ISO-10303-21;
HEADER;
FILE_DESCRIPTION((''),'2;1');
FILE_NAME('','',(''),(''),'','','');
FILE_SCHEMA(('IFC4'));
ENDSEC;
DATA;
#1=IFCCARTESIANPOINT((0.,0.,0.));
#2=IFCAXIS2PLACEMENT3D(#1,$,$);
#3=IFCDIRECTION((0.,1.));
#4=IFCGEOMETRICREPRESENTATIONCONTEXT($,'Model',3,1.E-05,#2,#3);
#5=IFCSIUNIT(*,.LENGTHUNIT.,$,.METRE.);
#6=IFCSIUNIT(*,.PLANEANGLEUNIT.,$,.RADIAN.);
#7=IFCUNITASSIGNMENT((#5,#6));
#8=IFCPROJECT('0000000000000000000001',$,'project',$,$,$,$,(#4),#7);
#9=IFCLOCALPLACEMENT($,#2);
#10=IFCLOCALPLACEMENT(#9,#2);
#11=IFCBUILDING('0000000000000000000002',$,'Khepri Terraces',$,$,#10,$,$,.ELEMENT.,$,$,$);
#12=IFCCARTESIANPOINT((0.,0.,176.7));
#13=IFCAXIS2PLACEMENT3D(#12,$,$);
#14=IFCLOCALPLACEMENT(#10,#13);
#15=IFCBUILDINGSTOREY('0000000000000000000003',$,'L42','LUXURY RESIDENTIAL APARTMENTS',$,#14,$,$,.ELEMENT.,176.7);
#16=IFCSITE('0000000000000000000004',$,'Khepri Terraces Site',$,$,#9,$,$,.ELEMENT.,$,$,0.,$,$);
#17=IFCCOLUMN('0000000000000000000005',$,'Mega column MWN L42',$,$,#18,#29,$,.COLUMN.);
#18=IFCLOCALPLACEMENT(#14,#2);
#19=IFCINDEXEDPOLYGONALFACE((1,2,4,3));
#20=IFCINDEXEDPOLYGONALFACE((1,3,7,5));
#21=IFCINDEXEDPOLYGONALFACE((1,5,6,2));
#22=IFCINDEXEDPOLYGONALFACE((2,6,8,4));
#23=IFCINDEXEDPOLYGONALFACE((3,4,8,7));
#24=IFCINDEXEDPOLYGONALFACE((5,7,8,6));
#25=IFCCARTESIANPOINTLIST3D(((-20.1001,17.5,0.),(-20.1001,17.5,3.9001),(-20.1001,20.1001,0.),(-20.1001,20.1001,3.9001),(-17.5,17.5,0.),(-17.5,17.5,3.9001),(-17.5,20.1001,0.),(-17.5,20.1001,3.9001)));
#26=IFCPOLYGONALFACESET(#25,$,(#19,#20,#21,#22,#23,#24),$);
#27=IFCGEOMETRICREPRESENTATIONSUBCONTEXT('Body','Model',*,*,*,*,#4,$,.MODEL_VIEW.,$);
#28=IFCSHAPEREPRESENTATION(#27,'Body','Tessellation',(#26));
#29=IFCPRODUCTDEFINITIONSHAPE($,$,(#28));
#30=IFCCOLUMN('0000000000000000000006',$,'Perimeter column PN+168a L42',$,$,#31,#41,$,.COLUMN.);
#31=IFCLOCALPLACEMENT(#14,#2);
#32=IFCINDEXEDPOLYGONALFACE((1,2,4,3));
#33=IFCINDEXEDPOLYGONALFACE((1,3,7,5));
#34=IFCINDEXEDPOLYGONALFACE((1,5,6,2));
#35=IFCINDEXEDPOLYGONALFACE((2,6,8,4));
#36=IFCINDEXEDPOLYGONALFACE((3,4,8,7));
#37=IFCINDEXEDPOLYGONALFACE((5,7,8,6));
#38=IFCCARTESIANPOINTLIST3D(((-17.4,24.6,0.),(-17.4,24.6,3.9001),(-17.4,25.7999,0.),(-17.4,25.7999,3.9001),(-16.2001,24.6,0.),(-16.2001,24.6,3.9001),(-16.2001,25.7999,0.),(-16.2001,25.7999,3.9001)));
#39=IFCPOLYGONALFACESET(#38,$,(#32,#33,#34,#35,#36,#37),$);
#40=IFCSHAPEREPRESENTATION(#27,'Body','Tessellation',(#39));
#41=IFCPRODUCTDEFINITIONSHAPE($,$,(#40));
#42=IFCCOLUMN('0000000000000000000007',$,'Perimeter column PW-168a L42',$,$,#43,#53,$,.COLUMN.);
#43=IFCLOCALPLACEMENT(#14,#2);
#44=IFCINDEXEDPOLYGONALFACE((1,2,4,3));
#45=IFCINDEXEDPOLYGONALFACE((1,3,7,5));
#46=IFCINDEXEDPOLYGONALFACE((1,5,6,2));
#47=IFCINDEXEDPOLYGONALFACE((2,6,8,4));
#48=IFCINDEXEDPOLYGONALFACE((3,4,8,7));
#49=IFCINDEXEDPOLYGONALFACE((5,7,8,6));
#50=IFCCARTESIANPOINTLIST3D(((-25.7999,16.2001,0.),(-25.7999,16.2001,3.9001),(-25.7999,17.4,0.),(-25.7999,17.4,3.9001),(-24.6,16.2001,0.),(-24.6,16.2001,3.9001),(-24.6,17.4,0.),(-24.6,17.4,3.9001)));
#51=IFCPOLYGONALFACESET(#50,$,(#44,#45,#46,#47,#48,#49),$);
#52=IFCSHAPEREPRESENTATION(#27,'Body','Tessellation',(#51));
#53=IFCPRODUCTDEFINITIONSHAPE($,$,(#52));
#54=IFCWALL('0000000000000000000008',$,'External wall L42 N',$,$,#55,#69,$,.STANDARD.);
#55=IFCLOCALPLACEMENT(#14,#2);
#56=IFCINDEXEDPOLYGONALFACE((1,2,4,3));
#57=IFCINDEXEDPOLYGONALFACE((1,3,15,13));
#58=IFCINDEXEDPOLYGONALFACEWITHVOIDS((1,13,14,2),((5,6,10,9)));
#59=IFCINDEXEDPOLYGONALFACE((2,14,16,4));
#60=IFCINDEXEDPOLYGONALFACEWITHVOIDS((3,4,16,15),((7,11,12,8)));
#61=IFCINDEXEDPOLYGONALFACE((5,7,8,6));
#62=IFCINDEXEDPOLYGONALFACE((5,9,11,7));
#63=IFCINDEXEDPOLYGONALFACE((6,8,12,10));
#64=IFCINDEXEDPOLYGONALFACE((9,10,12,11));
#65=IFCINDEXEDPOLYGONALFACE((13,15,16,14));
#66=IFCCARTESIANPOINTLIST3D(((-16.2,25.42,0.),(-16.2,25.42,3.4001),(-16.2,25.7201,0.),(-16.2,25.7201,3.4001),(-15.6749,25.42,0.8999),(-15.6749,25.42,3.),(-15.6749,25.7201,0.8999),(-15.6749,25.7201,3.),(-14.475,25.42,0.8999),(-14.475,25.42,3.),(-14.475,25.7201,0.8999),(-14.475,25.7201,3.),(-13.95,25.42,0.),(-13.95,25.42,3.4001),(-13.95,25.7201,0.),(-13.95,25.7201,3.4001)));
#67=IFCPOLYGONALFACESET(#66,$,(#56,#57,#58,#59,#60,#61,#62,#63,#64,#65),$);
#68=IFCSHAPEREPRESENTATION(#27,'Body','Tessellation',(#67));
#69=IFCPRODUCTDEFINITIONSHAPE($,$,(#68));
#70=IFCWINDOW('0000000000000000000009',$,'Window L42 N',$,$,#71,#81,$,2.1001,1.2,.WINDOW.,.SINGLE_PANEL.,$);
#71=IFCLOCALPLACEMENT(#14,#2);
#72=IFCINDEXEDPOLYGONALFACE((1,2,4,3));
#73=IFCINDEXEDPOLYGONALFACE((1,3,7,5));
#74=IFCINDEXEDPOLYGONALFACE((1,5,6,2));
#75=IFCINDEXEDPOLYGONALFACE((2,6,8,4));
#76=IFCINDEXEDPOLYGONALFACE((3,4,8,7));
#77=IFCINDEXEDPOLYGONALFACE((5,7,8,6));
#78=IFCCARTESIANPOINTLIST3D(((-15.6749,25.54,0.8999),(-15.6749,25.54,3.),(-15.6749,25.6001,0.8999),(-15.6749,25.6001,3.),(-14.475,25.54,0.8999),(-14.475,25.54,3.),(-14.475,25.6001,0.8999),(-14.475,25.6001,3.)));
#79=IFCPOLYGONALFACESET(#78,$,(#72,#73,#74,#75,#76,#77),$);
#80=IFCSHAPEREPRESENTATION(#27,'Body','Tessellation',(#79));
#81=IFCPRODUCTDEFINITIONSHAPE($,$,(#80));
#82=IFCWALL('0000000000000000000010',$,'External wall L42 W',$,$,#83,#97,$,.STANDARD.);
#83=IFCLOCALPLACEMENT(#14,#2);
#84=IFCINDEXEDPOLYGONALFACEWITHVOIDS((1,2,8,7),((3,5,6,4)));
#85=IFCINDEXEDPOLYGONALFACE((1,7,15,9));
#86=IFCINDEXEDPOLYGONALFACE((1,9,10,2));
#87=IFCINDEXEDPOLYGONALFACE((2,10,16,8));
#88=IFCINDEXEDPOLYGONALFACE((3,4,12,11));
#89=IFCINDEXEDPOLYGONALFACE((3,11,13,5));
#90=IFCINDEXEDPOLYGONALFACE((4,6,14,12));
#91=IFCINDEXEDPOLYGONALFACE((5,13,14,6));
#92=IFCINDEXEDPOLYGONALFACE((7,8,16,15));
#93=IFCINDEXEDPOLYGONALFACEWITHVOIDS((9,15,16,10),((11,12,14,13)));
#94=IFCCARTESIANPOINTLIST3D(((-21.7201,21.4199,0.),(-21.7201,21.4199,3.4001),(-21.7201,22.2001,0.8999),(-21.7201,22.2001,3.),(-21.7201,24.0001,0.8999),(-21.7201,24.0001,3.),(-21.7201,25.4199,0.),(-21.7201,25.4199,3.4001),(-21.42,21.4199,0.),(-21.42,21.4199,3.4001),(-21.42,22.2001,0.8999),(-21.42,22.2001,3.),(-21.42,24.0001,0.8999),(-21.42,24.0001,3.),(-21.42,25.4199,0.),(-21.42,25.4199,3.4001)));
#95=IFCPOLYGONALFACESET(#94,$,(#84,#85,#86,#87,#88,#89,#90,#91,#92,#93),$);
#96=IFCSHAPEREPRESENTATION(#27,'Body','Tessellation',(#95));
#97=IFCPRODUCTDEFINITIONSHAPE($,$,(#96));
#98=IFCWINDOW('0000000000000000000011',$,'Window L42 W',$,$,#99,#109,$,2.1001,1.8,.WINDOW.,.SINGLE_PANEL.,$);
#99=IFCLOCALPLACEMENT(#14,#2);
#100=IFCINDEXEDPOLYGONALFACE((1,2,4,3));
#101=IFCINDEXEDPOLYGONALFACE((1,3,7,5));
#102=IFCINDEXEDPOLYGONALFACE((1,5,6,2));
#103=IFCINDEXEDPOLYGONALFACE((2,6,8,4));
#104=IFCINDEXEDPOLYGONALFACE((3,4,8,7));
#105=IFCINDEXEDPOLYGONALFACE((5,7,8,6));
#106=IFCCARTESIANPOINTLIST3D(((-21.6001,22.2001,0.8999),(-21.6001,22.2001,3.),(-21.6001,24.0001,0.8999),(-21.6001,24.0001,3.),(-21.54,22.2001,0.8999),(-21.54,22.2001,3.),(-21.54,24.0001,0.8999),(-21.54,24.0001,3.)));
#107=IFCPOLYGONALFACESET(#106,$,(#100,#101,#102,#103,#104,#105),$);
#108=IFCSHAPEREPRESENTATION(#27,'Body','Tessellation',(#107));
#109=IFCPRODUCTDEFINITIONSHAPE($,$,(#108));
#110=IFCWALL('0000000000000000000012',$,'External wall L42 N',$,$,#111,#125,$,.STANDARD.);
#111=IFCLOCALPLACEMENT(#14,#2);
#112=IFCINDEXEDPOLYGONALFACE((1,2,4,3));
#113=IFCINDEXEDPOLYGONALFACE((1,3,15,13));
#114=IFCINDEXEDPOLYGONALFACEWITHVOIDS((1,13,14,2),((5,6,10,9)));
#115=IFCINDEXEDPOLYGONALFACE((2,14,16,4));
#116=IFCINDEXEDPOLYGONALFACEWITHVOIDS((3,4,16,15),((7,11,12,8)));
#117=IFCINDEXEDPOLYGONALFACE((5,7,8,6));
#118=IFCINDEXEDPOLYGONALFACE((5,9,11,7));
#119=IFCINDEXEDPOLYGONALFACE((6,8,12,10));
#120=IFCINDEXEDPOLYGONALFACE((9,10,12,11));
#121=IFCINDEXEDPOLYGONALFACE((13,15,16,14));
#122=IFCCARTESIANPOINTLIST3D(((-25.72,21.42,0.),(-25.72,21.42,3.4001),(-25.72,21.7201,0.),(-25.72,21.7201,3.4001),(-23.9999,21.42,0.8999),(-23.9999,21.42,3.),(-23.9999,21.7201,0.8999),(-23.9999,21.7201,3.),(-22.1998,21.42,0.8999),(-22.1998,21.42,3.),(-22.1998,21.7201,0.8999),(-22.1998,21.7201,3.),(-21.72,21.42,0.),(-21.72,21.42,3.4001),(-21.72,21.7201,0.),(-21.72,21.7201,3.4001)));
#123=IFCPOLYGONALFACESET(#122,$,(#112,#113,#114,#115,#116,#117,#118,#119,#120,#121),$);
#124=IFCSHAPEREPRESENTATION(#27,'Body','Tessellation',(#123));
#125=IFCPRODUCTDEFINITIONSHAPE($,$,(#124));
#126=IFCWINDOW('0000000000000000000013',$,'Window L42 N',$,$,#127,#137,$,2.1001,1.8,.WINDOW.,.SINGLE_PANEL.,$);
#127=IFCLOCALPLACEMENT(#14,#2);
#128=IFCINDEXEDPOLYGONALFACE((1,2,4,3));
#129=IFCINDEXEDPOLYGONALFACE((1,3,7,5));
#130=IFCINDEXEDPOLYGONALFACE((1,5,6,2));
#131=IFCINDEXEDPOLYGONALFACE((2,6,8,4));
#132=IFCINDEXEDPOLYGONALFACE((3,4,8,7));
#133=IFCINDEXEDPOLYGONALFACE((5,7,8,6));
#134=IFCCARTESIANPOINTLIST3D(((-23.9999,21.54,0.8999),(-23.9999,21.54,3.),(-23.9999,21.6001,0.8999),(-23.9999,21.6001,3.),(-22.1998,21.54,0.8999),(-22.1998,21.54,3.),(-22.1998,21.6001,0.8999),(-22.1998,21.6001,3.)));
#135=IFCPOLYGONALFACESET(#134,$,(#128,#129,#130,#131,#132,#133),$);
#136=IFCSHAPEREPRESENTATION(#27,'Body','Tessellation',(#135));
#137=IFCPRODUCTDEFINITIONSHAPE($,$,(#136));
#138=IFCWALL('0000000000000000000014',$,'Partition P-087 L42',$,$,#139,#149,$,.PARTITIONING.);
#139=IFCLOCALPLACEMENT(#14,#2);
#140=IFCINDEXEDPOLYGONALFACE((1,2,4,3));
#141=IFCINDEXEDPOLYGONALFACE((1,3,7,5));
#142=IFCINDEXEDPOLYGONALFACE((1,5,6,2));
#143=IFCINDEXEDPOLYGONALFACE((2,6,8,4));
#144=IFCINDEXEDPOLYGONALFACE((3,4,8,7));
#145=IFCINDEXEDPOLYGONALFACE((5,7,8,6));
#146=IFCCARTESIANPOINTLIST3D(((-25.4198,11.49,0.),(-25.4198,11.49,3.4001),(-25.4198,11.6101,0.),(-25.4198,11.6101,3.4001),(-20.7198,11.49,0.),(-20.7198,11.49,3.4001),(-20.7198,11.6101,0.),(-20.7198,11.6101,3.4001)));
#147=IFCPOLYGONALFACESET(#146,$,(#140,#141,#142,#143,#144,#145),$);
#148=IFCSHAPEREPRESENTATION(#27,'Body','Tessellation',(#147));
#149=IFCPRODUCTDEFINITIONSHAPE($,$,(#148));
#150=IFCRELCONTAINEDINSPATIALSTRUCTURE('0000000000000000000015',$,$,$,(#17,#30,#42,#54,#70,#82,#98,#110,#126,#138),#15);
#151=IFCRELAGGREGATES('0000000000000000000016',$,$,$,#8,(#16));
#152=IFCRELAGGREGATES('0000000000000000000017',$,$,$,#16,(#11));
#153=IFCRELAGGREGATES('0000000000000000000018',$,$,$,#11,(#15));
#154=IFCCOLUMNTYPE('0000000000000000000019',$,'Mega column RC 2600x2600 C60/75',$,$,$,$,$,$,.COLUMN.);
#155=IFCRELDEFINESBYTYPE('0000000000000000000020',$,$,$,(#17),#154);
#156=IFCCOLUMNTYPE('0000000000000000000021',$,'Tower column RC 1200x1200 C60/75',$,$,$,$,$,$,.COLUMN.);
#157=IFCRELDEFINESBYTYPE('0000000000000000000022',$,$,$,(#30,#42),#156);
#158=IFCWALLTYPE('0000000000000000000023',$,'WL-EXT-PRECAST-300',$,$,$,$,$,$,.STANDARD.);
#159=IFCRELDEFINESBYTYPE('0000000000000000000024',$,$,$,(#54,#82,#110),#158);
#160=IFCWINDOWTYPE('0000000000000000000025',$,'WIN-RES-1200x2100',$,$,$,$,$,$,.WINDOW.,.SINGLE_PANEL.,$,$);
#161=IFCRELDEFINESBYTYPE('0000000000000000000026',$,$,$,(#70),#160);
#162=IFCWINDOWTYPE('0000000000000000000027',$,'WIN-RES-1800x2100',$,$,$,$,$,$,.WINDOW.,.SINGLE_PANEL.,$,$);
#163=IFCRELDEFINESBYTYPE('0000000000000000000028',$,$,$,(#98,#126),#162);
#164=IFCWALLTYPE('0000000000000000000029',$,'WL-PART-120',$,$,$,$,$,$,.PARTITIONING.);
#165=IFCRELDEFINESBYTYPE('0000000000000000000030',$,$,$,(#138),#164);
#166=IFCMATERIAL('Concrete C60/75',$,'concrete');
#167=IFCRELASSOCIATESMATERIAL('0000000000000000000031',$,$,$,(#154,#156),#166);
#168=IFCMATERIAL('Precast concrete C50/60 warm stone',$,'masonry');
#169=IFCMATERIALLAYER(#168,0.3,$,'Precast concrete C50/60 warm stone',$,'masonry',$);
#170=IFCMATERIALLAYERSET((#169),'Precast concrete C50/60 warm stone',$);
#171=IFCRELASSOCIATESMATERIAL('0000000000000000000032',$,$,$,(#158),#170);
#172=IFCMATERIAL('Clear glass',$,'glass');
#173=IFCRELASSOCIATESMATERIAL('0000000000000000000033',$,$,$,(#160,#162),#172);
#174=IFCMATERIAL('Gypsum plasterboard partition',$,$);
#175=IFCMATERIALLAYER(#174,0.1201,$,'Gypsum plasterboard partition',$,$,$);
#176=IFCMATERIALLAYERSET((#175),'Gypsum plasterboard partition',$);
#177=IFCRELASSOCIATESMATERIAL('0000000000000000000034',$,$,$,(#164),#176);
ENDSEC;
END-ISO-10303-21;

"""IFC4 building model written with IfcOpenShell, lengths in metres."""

from ifc_helpers import new_model, si_unit, direction, frame, frame_2d, origin, origin_2d, place, context, subcontext, project, spatial, rectangle, extrude, material, layer, layer_set, material_profile, profile_set, type_object, element, fill, save


model = new_model("IFC4")

# Units and contexts
model_context = context("Model", 3, precision=1e-05, world=origin(), true_north=direction((0.0, 1.0)))
body_context = subcontext(model_context, "Body", "Model", "MODEL_VIEW")
ifc_project = project(units=[si_unit("LENGTHUNIT", "METRE"), si_unit("PLANEANGLEUNIT", "RADIAN")], contexts=[model_context])

# Site, building, storey
site_placement = place(None, origin())
site = spatial("IfcSite", under=ifc_project, at=site_placement, Name="Khepri Terraces Site", CompositionType="ELEMENT", RefElevation=0.0)
building_placement = place(site_placement, origin())
building = spatial("IfcBuilding", under=site, at=building_placement, Name="Khepri Terraces", CompositionType="ELEMENT")
storey_placement = place(building_placement, frame((0.0, 0.0, 176.7)))
storey = spatial("IfcBuildingStorey", under=building, at=storey_placement, Name="L42", Description="LUXURY RESIDENTIAL APARTMENTS", CompositionType="ELEMENT", Elevation=176.7)

# Columns
ifc_material_1 = material(Name="Concrete C60/75", Category="concrete")
ifc_material_profile_1 = material_profile(ifc_material_1, rectangle(XDim=2.6001, YDim=2.6001, at=origin_2d()), Name="Concrete C60/75", Category="concrete")
ifc_profile_set_1 = profile_set([ifc_material_profile_1], Name="Concrete C60/75")
column_type_1 = type_object("IfcColumnType", Name="Mega column RC 2600x2600 C60/75", PredefinedType="COLUMN", material=ifc_profile_set_1)
column_placement = place(storey_placement, frame((-18.8, 18.8, 0.0), z_axis=(0.0, 0.0, 1.0), x_axis=(1.0, 0.0, 0.0)))
element("IfcColumn", 1, at=column_placement, inside=storey, type_object=column_type_1, Name="Mega column MWN L42", PredefinedType="COLUMN", context=body_context, shape_type="SweptSolid", body=[
    extrude(rectangle(XDim=2.6001, YDim=2.6001, at=origin_2d()), origin(), (0.0, 0.0, 1.0), 3.9001),
])
ifc_material_profile_2 = material_profile(ifc_material_1, rectangle(XDim=1.2, YDim=1.2, at=origin_2d()), Name="Concrete C60/75", Category="concrete")
ifc_profile_set_2 = profile_set([ifc_material_profile_2], Name="Concrete C60/75")
column_type_2 = type_object("IfcColumnType", Name="Tower column RC 1200x1200 C60/75", PredefinedType="COLUMN", material=ifc_profile_set_2)
for number, where, z_axis, x_axis, name in (
    (2, (-16.8, 25.2, 0.0), (0.0, 0.0, 1.0), (1.0, 0.0, 0.0), "Perimeter column PN+168a L42"),
    (3, (-25.2, 16.8, 0.0), (0.0, 0.0, 1.0), (1.0, 0.0, 0.0), "Perimeter column PW-168a L42"),
):
    element("IfcColumn", number, at=place(storey_placement, frame(where, z_axis=z_axis, x_axis=x_axis)), inside=storey, type_object=column_type_2, Name=name, PredefinedType="COLUMN", context=body_context, shape_type="SweptSolid", body=[
        extrude(rectangle(XDim=1.2, YDim=1.2, at=origin_2d()), origin(), (0.0, 0.0, 1.0), 3.9001),
    ])

# Wall, opening, window
ifc_material_2 = material(Name="Precast concrete C50/60 warm stone", Category="masonry")
ifc_layer_1 = layer(ifc_material_2, 0.3, Name="Precast concrete C50/60 warm stone", Category="masonry")
ifc_layer_set_1 = layer_set([ifc_layer_1], Name="Precast concrete C50/60 warm stone")
wall_type_1 = type_object("IfcWallType", Name="WL-EXT-PRECAST-300", PredefinedType="STANDARD", material=ifc_layer_set_1)
wall_1_placement = place(storey_placement, frame((-13.95, 25.5701, 0.0), z_axis=(0.0, 0.0, 1.0), x_axis=(-1.0, 0.0, 0.0)))
wall_1 = element("IfcWall", 4, at=wall_1_placement, inside=storey, type_object=wall_type_1, Name="External wall L42 N", PredefinedType="STANDARD", context=body_context, shape_type="SweptSolid", body=[
    extrude(rectangle(XDim=2.25, YDim=0.3, at=frame_2d((1.125, 0.0))), origin(), (0.0, 0.0, 1.0), 3.4001),
])
opening_1_placement = place(wall_1_placement, frame((0.5249, 0.0, 0.8999)))
opening_1 = element("IfcOpeningElement", 5, at=opening_1_placement, cuts=wall_1, PredefinedType="OPENING", context=body_context, shape_type="SweptSolid", body=[
    extrude(rectangle(XDim=1.2, YDim=2.1001, at=frame_2d((0.6001, 1.05))), frame((0.0, 0.1602, 0.0), z_axis=(0.0, -1.0, 0.0), x_axis=(1.0, 0.0, 0.0)), (0.0, 0.0, 1.0), 0.3201),
])
ifc_material_3 = material(Name="Clear glass", Category="glass")
window_type_1 = type_object("IfcWindowType", Name="WIN-RES-1200x2100", PartitioningType="SINGLE_PANEL", PredefinedType="WINDOW", material=ifc_material_3)
window_1_placement = place(opening_1_placement, origin())
window_1 = element("IfcWindow", 6, at=window_1_placement, inside=storey, type_object=window_type_1, Name="Window L42 N", OverallHeight=2.1001, OverallWidth=1.2, PartitioningType="SINGLE_PANEL", PredefinedType="WINDOW", context=body_context, shape_type="SweptSolid", body=[
    extrude(rectangle(XDim=1.2, YDim=2.1001, at=frame_2d((0.6001, 1.05))), frame((0.0, 0.03, 0.0), z_axis=(0.0, -1.0, 0.0), x_axis=(1.0, 0.0, 0.0)), (0.0, 0.0, 1.0), 0.0601),
])
fill(opening_1, window_1)

# Walls, openings, windows
wall_2_placement = place(storey_placement, frame((-21.5701, 25.4199, 0.0), z_axis=(0.0, 0.0, 1.0), x_axis=(0.0, -1.0, 0.0)))
wall_2 = element("IfcWall", 7, at=wall_2_placement, inside=storey, type_object=wall_type_1, Name="External wall L42 W", PredefinedType="STANDARD", context=body_context, shape_type="SweptSolid", body=[
    extrude(rectangle(XDim=4.0, YDim=0.3, at=frame_2d((2.0, 0.0))), origin(), (0.0, 0.0, 1.0), 3.4001),
])
opening_2_placement = place(wall_2_placement, frame((1.4199, 0.0, 0.8999)))
opening_2 = element("IfcOpeningElement", 8, at=opening_2_placement, cuts=wall_2, PredefinedType="OPENING", context=body_context, shape_type="SweptSolid", body=[
    extrude(rectangle(XDim=1.8, YDim=2.1001, at=frame_2d((0.8999, 1.05))), frame((0.0, 0.1602, 0.0), z_axis=(0.0, -1.0, 0.0), x_axis=(1.0, 0.0, 0.0)), (0.0, 0.0, 1.0), 0.3201),
])
window_type_2 = type_object("IfcWindowType", Name="WIN-RES-1800x2100", PartitioningType="SINGLE_PANEL", PredefinedType="WINDOW", material=ifc_material_3)
window_2_placement = place(opening_2_placement, origin())
window_2 = element("IfcWindow", 9, at=window_2_placement, inside=storey, type_object=window_type_2, Name="Window L42 W", OverallHeight=2.1001, OverallWidth=1.8, PartitioningType="SINGLE_PANEL", PredefinedType="WINDOW", context=body_context, shape_type="SweptSolid", body=[
    extrude(rectangle(XDim=1.8, YDim=2.1001, at=frame_2d((0.8999, 1.05))), frame((0.0, 0.03, 0.0), z_axis=(0.0, -1.0, 0.0), x_axis=(1.0, 0.0, 0.0)), (0.0, 0.0, 1.0), 0.0601),
])
fill(opening_2, window_2)
wall_3_placement = place(storey_placement, frame((-21.72, 21.5701, 0.0), z_axis=(0.0, 0.0, 1.0), x_axis=(-1.0, 0.0, 0.0)))
wall_3 = element("IfcWall", 10, at=wall_3_placement, inside=storey, type_object=wall_type_1, Name="External wall L42 N", PredefinedType="STANDARD", context=body_context, shape_type="SweptSolid", body=[
    extrude(rectangle(XDim=4.0, YDim=0.3, at=frame_2d((2.0, 0.0))), origin(), (0.0, 0.0, 1.0), 3.4001),
])
opening_3_placement = place(wall_3_placement, frame((0.48, 0.0, 0.8999)))
opening_3 = element("IfcOpeningElement", 11, at=opening_3_placement, cuts=wall_3, PredefinedType="OPENING", context=body_context, shape_type="SweptSolid", body=[
    extrude(rectangle(XDim=1.8, YDim=2.1001, at=frame_2d((0.8999, 1.05))), frame((0.0, 0.1602, 0.0), z_axis=(0.0, -1.0, 0.0), x_axis=(1.0, 0.0, 0.0)), (0.0, 0.0, 1.0), 0.3201),
])
window_3_placement = place(opening_3_placement, origin())
window_3 = element("IfcWindow", 12, at=window_3_placement, inside=storey, type_object=window_type_2, Name="Window L42 N", OverallHeight=2.1001, OverallWidth=1.8, PartitioningType="SINGLE_PANEL", PredefinedType="WINDOW", context=body_context, shape_type="SweptSolid", body=[
    extrude(rectangle(XDim=1.8, YDim=2.1001, at=frame_2d((0.8999, 1.05))), frame((0.0, 0.03, 0.0), z_axis=(0.0, -1.0, 0.0), x_axis=(1.0, 0.0, 0.0)), (0.0, 0.0, 1.0), 0.0601),
])
fill(opening_3, window_3)

# Wall
ifc_material_4 = material(Name="Gypsum plasterboard partition")
ifc_layer_2 = layer(ifc_material_4, 0.1201, Name="Gypsum plasterboard partition")
ifc_layer_set_2 = layer_set([ifc_layer_2], Name="Gypsum plasterboard partition")
wall_type_2 = type_object("IfcWallType", Name="WL-PART-120", PredefinedType="PARTITIONING", material=ifc_layer_set_2)
wall_4_placement = place(storey_placement, frame((-25.4199, 11.55, 0.0), z_axis=(0.0, 0.0, 1.0), x_axis=(1.0, 0.0, 0.0)))
element("IfcWall", 13, at=wall_4_placement, inside=storey, type_object=wall_type_2, Name="Partition P-087 L42", PredefinedType="PARTITIONING", context=body_context, shape_type="SweptSolid", body=[
    extrude(rectangle(XDim=4.7, YDim=0.1201, at=frame_2d((2.3501, 0.0))), origin(), (0.0, 0.0, 1.0), 3.4001),
])

save(model, "model.ifc")
